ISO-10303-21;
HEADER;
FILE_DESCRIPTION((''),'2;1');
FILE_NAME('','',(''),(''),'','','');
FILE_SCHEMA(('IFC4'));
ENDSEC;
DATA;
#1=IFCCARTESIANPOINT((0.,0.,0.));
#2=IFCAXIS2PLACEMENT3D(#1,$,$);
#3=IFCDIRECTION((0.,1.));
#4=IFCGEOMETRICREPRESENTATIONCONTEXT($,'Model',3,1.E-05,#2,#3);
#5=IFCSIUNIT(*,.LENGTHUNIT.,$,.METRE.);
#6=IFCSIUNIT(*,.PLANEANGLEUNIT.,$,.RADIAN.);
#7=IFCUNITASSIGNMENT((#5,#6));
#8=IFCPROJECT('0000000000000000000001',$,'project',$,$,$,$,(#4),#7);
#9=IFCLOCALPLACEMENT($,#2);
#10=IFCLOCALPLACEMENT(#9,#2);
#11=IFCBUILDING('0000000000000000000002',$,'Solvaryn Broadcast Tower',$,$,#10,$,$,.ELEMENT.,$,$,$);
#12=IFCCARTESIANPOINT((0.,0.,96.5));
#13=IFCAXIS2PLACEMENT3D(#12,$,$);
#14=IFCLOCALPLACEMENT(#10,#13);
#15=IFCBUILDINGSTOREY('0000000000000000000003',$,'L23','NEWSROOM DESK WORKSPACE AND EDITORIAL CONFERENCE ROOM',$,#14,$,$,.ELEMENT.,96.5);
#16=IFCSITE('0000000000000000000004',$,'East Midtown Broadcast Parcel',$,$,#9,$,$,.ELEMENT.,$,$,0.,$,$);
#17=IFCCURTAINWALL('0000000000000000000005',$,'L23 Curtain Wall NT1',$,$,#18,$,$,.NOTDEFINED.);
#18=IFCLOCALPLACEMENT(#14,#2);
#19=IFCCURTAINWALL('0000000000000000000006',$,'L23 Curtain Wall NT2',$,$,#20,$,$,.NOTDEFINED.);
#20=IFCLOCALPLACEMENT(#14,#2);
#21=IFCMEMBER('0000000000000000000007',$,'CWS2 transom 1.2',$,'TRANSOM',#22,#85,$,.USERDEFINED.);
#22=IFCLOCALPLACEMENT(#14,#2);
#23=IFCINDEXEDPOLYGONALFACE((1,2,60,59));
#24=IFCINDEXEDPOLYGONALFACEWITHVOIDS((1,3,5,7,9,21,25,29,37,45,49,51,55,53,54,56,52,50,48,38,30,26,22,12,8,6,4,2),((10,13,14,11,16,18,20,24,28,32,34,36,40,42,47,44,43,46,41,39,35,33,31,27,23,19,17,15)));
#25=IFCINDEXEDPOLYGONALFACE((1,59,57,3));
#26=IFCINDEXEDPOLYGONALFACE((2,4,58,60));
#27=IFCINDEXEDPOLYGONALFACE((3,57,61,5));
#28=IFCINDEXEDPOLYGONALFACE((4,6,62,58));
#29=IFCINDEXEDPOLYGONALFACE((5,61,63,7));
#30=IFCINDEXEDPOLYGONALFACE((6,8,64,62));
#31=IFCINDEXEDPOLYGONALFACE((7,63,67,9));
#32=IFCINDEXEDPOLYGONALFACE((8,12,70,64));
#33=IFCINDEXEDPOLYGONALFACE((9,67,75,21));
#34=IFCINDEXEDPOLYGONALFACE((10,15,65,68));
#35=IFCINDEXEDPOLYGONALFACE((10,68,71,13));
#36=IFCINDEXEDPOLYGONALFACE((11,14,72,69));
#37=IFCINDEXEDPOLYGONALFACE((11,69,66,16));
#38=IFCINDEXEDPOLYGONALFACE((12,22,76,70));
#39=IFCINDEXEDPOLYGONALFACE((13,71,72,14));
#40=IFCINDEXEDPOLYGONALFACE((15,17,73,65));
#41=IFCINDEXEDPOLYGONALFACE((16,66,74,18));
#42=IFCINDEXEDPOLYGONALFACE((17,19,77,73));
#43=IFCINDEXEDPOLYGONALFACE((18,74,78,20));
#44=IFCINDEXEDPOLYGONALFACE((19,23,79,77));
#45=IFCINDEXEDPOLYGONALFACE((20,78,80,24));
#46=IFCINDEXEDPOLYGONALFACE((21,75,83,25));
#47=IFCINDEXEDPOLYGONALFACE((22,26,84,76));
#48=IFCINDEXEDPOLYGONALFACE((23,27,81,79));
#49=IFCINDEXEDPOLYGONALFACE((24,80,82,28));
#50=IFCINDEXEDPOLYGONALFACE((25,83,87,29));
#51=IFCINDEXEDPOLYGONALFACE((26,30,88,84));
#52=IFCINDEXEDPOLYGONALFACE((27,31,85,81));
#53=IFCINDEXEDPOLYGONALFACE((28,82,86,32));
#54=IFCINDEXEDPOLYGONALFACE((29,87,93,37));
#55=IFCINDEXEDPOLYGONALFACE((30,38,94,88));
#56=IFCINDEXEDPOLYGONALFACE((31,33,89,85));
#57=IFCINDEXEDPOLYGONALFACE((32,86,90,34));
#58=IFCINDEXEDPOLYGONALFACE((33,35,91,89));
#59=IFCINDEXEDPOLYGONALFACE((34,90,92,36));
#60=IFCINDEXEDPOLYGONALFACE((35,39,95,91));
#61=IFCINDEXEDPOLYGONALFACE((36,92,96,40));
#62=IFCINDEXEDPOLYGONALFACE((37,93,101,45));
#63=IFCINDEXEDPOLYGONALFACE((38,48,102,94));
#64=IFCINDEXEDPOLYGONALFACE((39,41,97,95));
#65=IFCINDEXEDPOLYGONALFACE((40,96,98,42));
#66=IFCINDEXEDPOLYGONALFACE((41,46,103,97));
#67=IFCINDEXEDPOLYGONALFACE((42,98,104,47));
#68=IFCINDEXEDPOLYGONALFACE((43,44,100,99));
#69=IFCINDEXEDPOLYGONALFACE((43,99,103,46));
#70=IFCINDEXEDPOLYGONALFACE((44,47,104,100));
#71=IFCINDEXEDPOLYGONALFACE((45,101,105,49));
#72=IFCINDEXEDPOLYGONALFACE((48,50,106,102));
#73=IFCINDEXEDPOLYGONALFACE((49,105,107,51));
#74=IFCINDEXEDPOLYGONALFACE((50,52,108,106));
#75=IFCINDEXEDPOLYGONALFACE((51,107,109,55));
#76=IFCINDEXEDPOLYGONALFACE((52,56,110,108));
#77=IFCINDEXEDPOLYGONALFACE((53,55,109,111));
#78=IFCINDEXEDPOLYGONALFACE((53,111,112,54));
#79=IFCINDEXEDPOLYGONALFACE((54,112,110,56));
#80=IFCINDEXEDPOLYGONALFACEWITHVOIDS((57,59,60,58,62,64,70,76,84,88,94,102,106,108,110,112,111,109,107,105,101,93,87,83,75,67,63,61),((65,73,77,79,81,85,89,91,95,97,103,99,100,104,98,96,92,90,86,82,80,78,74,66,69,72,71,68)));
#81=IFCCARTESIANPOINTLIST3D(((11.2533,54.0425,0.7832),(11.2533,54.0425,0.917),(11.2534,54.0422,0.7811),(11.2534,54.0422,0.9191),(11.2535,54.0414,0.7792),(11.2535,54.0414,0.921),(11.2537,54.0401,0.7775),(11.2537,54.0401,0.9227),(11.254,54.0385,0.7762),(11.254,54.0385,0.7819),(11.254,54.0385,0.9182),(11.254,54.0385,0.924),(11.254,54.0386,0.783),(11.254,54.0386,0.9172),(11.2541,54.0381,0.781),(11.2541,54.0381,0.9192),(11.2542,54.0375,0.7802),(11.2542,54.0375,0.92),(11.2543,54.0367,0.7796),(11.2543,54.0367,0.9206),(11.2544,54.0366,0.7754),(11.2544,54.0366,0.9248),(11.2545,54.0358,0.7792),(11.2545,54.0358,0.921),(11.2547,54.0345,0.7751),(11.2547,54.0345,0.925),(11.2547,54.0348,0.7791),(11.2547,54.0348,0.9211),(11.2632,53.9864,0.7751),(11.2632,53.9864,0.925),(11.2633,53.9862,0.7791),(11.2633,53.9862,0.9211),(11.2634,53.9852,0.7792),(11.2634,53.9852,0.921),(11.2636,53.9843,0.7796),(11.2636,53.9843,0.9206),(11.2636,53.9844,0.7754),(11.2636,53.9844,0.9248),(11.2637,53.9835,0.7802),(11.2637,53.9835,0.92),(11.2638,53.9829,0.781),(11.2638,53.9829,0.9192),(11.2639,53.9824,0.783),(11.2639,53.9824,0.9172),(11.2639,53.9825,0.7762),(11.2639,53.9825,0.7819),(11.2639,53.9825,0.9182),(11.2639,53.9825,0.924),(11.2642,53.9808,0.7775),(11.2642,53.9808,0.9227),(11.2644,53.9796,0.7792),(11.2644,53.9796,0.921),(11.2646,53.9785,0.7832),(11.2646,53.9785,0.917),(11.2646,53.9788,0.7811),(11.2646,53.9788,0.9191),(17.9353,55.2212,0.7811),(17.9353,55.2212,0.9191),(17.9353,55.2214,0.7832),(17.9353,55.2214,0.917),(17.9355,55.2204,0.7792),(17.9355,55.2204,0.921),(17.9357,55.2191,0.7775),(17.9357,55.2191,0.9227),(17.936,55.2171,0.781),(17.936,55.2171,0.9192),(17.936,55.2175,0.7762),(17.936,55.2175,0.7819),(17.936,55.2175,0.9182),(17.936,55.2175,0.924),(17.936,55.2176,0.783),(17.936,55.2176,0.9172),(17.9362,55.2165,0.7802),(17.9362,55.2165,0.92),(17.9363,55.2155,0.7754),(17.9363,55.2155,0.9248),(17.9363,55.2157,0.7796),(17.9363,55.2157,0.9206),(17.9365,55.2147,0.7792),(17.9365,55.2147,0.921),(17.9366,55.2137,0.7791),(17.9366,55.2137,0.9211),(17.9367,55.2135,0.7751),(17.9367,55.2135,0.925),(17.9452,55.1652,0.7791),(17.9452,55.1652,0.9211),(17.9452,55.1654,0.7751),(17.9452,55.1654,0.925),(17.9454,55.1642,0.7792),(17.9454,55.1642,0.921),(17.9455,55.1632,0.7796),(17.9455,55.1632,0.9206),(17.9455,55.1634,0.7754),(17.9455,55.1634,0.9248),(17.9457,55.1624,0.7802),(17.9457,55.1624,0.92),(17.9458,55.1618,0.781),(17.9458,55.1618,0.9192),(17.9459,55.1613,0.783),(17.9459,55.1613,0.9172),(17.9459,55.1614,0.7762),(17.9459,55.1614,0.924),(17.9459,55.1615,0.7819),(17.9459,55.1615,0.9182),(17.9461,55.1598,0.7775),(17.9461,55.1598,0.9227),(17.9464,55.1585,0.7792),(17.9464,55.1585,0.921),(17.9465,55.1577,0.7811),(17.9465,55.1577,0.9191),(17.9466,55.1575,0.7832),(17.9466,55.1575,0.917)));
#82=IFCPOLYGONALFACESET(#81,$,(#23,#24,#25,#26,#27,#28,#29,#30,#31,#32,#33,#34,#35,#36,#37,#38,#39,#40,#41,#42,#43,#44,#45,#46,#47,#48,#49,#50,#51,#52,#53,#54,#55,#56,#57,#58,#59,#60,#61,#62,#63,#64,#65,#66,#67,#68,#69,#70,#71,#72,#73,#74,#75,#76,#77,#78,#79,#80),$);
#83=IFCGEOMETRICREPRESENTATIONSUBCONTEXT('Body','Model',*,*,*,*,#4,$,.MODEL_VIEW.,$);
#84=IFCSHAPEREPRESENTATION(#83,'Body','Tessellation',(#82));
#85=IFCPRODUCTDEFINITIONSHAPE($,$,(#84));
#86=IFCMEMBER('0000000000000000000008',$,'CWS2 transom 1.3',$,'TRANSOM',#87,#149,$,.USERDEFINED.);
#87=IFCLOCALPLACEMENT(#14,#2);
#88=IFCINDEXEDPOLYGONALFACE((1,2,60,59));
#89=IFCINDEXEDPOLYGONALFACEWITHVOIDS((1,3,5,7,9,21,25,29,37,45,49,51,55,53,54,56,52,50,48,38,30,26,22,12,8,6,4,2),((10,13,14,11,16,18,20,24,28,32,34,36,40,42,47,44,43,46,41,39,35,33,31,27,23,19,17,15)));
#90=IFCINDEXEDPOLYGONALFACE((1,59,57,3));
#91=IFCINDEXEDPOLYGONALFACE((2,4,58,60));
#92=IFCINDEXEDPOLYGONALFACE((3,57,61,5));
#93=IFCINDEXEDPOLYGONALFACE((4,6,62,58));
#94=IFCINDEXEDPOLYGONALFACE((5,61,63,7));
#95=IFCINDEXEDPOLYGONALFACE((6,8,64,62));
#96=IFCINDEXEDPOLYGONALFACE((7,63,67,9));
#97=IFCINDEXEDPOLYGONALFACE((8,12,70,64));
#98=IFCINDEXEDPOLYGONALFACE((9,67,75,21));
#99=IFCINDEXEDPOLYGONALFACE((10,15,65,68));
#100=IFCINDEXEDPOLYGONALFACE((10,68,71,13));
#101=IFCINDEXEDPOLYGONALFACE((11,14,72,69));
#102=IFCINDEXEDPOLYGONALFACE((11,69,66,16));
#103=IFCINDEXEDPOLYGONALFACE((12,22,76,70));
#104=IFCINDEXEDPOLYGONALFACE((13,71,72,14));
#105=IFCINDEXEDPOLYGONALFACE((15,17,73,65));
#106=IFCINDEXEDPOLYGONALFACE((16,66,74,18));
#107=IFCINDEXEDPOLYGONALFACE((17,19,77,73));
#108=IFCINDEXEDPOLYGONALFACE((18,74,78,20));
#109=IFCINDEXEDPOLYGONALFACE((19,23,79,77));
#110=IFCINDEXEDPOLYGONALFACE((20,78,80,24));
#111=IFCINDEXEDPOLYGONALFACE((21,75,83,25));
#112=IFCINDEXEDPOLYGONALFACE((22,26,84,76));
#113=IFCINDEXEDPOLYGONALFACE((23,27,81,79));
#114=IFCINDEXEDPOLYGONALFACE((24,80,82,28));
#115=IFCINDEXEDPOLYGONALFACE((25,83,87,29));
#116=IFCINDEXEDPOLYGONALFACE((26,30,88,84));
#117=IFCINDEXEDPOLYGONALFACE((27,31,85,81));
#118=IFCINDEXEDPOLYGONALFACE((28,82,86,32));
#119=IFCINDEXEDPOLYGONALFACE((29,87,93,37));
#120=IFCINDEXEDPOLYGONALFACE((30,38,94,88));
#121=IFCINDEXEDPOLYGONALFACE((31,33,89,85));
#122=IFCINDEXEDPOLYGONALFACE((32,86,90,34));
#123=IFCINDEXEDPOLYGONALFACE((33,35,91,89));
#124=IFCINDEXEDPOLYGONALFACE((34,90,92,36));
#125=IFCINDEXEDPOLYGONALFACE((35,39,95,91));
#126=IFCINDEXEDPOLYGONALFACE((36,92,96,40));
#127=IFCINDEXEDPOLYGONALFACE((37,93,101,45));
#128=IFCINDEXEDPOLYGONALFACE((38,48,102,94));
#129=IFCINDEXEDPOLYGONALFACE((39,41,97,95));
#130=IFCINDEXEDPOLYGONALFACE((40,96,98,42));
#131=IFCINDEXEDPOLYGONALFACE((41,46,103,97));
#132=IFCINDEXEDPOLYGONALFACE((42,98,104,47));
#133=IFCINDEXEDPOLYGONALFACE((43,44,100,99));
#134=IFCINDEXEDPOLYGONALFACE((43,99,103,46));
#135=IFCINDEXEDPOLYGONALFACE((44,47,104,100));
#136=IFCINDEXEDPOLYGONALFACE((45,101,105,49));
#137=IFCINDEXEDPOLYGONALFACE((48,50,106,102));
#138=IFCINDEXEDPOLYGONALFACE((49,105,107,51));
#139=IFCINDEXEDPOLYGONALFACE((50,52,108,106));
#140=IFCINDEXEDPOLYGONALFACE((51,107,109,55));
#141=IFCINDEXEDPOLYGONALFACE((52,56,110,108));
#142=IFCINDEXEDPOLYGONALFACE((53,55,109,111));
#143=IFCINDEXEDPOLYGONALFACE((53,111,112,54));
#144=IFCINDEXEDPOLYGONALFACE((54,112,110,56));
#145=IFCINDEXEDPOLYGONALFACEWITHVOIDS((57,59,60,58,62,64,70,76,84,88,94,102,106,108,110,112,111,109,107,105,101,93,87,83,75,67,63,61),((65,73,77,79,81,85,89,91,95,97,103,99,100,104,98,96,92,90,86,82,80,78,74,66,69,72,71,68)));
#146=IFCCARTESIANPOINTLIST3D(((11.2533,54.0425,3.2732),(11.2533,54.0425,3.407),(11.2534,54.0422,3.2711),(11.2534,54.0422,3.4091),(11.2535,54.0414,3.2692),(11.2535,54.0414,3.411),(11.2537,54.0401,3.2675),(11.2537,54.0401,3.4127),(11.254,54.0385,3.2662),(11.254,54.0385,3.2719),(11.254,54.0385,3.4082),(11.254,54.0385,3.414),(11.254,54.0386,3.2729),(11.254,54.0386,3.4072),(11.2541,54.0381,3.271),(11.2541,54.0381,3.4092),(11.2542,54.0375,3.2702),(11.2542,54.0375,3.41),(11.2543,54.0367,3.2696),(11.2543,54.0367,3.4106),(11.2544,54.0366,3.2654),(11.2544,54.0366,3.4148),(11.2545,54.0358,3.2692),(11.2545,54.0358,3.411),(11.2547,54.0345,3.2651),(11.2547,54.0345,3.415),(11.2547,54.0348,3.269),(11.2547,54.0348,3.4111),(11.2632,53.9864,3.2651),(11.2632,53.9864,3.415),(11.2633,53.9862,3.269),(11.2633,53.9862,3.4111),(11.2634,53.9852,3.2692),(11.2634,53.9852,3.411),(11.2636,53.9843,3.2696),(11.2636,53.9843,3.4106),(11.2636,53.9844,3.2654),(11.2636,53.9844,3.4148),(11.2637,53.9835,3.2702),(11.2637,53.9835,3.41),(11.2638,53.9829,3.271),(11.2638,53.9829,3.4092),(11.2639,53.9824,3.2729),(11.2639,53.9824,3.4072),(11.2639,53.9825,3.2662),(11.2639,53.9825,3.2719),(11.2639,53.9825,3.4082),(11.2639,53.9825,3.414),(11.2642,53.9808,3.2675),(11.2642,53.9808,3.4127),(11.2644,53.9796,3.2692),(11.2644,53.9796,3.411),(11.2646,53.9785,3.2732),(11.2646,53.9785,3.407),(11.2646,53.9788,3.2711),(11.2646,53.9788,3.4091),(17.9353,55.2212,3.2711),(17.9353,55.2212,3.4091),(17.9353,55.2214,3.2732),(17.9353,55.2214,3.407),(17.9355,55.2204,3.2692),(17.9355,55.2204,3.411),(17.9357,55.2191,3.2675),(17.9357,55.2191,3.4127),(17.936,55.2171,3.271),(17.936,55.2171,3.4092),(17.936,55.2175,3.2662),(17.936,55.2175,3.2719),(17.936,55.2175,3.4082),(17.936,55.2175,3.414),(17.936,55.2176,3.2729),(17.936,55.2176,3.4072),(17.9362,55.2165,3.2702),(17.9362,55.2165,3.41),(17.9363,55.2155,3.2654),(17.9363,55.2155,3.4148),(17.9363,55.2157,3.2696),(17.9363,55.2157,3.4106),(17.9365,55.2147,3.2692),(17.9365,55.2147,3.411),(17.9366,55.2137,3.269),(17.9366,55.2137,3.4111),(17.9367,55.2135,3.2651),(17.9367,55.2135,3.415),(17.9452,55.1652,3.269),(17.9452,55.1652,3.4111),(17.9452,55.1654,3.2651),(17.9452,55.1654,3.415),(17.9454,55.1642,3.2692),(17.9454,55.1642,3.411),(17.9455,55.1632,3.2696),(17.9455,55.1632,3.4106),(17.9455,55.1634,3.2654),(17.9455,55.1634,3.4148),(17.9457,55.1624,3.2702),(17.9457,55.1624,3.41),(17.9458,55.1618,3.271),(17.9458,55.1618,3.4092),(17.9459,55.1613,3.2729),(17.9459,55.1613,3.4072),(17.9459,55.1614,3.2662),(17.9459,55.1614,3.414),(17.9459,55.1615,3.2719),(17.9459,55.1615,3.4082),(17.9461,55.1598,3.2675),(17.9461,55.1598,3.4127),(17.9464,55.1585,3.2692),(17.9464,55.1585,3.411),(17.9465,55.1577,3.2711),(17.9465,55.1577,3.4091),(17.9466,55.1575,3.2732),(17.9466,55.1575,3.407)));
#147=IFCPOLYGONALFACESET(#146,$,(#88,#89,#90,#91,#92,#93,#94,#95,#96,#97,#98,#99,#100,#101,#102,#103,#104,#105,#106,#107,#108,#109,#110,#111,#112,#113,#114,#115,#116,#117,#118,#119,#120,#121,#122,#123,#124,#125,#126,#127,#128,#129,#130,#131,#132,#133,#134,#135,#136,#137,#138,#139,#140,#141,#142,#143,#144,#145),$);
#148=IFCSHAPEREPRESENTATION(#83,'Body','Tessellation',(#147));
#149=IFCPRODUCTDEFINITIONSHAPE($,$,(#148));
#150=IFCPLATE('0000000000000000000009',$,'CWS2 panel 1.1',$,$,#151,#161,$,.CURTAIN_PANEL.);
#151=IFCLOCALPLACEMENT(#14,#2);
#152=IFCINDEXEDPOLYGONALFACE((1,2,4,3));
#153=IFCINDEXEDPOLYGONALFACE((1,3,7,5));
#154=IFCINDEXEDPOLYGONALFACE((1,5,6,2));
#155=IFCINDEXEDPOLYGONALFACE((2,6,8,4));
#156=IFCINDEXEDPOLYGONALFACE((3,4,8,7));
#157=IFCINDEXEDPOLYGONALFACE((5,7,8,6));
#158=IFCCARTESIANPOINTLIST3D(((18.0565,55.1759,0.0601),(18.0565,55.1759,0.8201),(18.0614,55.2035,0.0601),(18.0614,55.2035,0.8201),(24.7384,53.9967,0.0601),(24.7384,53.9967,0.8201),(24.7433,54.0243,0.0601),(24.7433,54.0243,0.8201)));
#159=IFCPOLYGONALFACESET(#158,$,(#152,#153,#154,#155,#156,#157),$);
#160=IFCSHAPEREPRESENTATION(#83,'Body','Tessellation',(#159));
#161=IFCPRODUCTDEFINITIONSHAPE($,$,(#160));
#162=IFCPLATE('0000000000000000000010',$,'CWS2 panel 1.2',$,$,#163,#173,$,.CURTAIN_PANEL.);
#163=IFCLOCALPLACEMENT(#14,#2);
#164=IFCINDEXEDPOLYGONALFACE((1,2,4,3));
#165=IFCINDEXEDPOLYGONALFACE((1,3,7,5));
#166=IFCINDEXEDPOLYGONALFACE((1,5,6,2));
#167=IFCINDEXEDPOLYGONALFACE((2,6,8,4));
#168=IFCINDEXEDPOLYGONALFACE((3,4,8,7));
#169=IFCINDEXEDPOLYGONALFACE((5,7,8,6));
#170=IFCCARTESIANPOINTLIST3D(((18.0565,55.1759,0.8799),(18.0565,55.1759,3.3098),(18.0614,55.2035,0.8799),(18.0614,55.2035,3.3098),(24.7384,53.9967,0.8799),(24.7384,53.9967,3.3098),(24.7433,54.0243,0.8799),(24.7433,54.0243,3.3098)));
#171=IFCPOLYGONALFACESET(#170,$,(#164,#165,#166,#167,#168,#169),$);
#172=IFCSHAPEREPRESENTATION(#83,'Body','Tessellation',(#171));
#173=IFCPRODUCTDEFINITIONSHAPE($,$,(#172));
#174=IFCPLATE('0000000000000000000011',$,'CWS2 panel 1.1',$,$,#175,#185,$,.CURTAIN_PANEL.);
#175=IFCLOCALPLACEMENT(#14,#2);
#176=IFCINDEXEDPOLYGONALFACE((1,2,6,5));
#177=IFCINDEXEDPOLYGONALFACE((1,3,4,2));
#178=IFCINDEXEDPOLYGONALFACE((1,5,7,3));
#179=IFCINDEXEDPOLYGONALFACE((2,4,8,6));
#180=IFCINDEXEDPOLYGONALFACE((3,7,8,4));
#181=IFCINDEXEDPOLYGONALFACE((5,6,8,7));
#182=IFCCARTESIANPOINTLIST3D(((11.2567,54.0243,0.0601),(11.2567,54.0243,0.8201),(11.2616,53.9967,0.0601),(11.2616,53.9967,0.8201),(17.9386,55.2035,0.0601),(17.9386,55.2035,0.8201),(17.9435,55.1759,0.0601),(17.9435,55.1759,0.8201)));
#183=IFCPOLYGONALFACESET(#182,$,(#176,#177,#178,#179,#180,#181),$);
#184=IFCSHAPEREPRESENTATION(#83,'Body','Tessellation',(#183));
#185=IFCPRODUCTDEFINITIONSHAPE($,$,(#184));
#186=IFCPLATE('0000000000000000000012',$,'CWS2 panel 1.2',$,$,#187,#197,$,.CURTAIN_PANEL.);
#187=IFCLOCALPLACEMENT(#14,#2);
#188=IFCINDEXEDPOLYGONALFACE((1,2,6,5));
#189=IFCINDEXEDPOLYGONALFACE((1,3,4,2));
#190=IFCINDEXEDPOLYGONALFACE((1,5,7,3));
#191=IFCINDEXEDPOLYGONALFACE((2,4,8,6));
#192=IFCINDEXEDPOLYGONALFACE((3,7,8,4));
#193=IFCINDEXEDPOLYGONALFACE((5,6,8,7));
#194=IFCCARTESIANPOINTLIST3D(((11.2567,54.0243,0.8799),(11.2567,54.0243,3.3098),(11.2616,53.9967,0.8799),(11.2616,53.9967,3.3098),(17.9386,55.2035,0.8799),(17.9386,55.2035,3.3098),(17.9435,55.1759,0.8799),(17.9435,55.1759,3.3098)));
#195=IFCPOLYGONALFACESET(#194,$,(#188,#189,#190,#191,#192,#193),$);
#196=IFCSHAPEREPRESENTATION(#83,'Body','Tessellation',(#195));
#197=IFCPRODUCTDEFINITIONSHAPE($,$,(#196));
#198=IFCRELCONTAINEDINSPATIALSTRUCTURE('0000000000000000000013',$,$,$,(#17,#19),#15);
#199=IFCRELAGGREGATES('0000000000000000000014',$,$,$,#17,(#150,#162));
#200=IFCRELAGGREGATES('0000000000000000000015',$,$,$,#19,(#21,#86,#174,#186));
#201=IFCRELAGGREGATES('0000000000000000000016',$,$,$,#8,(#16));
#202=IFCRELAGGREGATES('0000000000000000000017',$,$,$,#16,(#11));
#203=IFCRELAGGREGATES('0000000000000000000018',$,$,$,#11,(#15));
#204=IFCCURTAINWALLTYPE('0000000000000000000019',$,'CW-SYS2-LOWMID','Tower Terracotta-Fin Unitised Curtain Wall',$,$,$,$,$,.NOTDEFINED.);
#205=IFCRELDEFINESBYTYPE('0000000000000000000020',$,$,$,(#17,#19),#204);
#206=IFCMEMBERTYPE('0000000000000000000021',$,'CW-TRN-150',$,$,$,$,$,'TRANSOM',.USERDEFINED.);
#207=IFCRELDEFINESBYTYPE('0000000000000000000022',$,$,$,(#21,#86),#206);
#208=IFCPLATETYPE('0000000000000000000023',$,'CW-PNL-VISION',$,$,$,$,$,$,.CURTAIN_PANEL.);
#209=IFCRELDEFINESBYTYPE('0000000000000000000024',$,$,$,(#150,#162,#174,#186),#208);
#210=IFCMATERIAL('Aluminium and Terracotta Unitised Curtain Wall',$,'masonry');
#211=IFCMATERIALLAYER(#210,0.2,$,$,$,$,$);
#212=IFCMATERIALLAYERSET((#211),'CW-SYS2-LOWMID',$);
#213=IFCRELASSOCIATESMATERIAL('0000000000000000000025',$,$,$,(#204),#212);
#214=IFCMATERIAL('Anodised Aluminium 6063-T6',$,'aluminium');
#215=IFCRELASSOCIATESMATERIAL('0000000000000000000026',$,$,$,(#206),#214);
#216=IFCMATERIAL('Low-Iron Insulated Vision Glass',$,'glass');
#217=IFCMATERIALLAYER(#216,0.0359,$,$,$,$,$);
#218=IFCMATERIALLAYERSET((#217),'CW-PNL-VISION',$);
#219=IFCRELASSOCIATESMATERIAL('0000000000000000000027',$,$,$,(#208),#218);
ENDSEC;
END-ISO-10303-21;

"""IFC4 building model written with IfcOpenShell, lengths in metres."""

from ifc_helpers import new_model, si_unit, direction, frame, origin, origin_2d, place, context, subcontext, project, spatial, rectangle, hollow_rectangle, extrude, material, layer, layer_set, material_profile, profile_set, type_object, element, aggregate, save


model = new_model("IFC4")

# Units and contexts
model_context = context("Model", 3, precision=1e-05, world=origin(), true_north=direction((0.0, 1.0)))
body_context = subcontext(model_context, "Body", "Model", "MODEL_VIEW")
ifc_project = project(units=[si_unit("LENGTHUNIT", "METRE"), si_unit("PLANEANGLEUNIT", "RADIAN")], contexts=[model_context])

# Site, building, storey
site_placement = place(None, origin())
site = spatial("IfcSite", under=ifc_project, at=site_placement, Name="East Midtown Broadcast Parcel", CompositionType="ELEMENT", RefElevation=0.0)
building_placement = place(site_placement, origin())
building = spatial("IfcBuilding", under=site, at=building_placement, Name="Solvaryn Broadcast Tower", CompositionType="ELEMENT")
storey_placement = place(building_placement, frame((0.0, 0.0, 96.5)))
storey = spatial("IfcBuildingStorey", under=building, at=storey_placement, Name="L23", Description="NEWSROOM DESK WORKSPACE AND EDITORIAL CONFERENCE ROOM", CompositionType="ELEMENT", Elevation=96.5)

# Curtain wall
ifc_material_1 = material(Name="Aluminium and Terracotta Unitised Curtain Wall", Category="masonry")
ifc_layer_1 = layer(ifc_material_1, 0.2)
ifc_layer_set_1 = layer_set([ifc_layer_1], Name="CW-SYS2-LOWMID")
curtain_wall_type = type_object("IfcCurtainWallType", Name="CW-SYS2-LOWMID", Description="Tower Terracotta-Fin Unitised Curtain Wall", PredefinedType="NOTDEFINED", material=ifc_layer_set_1)
curtain_wall_1_placement = place(storey_placement, origin())
curtain_wall_1 = element("IfcCurtainWall", 1, at=curtain_wall_1_placement, inside=storey, type_object=curtain_wall_type, Name="L23 Curtain Wall NT1", PredefinedType="NOTDEFINED")

# Curtain wall, members
curtain_wall_2_placement = place(storey_placement, origin())
curtain_wall_2 = element("IfcCurtainWall", 2, at=curtain_wall_2_placement, inside=storey, type_object=curtain_wall_type, Name="L23 Curtain Wall NT2", PredefinedType="NOTDEFINED")
ifc_material_2 = material(Name="Anodised Aluminium 6063-T6", Category="aluminium")
ifc_material_profile_1 = material_profile(ifc_material_2, hollow_rectangle(XDim=0.0649, YDim=0.1499, WallThickness=0.0039, InnerFilletRadius=0.0039, OuterFilletRadius=0.0081, at=origin_2d()))
ifc_profile_set_1 = profile_set([ifc_material_profile_1], Name="Anodised Aluminium 6063-T6")
member_type_1 = type_object("IfcMemberType", Name="CW-TRN-150", ElementType="TRANSOM", PredefinedType="USERDEFINED", material=ifc_profile_set_1)
member_1_placement = place(storey_placement, frame((17.9409, 55.1895, 0.8501), z_axis=(-0.984789, -0.173757, 0.0), x_axis=(0.173757, -0.984789, 0.0)))
member_1 = element("IfcMember", 3, at=member_1_placement, type_object=member_type_1, Name="CWS2 transom 1.2", ObjectType="TRANSOM", PredefinedType="USERDEFINED", context=body_context, shape_type="SweptSolid", body=[
    extrude(hollow_rectangle(XDim=0.0649, YDim=0.1499, WallThickness=0.0039, InnerFilletRadius=0.0039, OuterFilletRadius=0.0081, at=origin_2d()), origin(), (0.0, 0.0, 1.0), 6.7852),
])
member_2_placement = place(storey_placement, frame((17.9409, 55.1895, 3.3401), z_axis=(-0.984789, -0.173757, 0.0), x_axis=(0.173757, -0.984789, 0.0)))
member_2 = element("IfcMember", 4, at=member_2_placement, type_object=member_type_1, Name="CWS2 transom 1.3", ObjectType="TRANSOM", PredefinedType="USERDEFINED", context=body_context, shape_type="SweptSolid", body=[
    extrude(hollow_rectangle(XDim=0.0649, YDim=0.1499, WallThickness=0.0039, InnerFilletRadius=0.0039, OuterFilletRadius=0.0081, at=origin_2d()), origin(), (0.0, 0.0, 1.0), 6.7852),
])

# Plates
ifc_material_3 = material(Name="Low-Iron Insulated Vision Glass", Category="glass")
ifc_layer_2 = layer(ifc_material_3, 0.0359)
ifc_layer_set_2 = layer_set([ifc_layer_2], Name="CW-PNL-VISION")
plate_type = type_object("IfcPlateType", Name="CW-PNL-VISION", PredefinedType="CURTAIN_PANEL", material=ifc_layer_set_2)
plate_1_placement = place(storey_placement, frame((21.3999, 54.6001, 0.0601), z_axis=(0.0, 0.0, 1.0), x_axis=(-0.984784, 0.173785, 0.0)))
plate_1 = element("IfcPlate", 5, at=plate_1_placement, type_object=plate_type, Name="CWS2 panel 1.1", PredefinedType="CURTAIN_PANEL", context=body_context, shape_type="SweptSolid", body=[
    extrude(rectangle(XDim=6.7852, YDim=0.0281, at=origin_2d()), origin(), (0.0, 0.0, 1.0), 0.76),
])
plate_2_placement = place(storey_placement, frame((21.3999, 54.6001, 0.8799), z_axis=(0.0, 0.0, 1.0), x_axis=(-0.984784, 0.173785, 0.0)))
plate_2 = element("IfcPlate", 6, at=plate_2_placement, type_object=plate_type, Name="CWS2 panel 1.2", PredefinedType="CURTAIN_PANEL", context=body_context, shape_type="SweptSolid", body=[
    extrude(rectangle(XDim=6.7852, YDim=0.0281, at=origin_2d()), origin(), (0.0, 0.0, 1.0), 2.4299),
])
aggregate(curtain_wall_1, [plate_1, plate_2])
plate_3_placement = place(storey_placement, frame((14.6001, 54.6001, 0.0601), z_axis=(0.0, 0.0, 1.0), x_axis=(-0.984784, -0.173785, 0.0)))
plate_3 = element("IfcPlate", 7, at=plate_3_placement, type_object=plate_type, Name="CWS2 panel 1.1", PredefinedType="CURTAIN_PANEL", context=body_context, shape_type="SweptSolid", body=[
    extrude(rectangle(XDim=6.7852, YDim=0.0281, at=origin_2d()), origin(), (0.0, 0.0, 1.0), 0.76),
])
plate_4_placement = place(storey_placement, frame((14.6001, 54.6001, 0.8799), z_axis=(0.0, 0.0, 1.0), x_axis=(-0.984784, -0.173785, 0.0)))
plate_4 = element("IfcPlate", 8, at=plate_4_placement, type_object=plate_type, Name="CWS2 panel 1.2", PredefinedType="CURTAIN_PANEL", context=body_context, shape_type="SweptSolid", body=[
    extrude(rectangle(XDim=6.7852, YDim=0.0281, at=origin_2d()), origin(), (0.0, 0.0, 1.0), 2.4299),
])
aggregate(curtain_wall_2, [member_1, member_2, plate_3, plate_4])

save(model, "model.ifc")
